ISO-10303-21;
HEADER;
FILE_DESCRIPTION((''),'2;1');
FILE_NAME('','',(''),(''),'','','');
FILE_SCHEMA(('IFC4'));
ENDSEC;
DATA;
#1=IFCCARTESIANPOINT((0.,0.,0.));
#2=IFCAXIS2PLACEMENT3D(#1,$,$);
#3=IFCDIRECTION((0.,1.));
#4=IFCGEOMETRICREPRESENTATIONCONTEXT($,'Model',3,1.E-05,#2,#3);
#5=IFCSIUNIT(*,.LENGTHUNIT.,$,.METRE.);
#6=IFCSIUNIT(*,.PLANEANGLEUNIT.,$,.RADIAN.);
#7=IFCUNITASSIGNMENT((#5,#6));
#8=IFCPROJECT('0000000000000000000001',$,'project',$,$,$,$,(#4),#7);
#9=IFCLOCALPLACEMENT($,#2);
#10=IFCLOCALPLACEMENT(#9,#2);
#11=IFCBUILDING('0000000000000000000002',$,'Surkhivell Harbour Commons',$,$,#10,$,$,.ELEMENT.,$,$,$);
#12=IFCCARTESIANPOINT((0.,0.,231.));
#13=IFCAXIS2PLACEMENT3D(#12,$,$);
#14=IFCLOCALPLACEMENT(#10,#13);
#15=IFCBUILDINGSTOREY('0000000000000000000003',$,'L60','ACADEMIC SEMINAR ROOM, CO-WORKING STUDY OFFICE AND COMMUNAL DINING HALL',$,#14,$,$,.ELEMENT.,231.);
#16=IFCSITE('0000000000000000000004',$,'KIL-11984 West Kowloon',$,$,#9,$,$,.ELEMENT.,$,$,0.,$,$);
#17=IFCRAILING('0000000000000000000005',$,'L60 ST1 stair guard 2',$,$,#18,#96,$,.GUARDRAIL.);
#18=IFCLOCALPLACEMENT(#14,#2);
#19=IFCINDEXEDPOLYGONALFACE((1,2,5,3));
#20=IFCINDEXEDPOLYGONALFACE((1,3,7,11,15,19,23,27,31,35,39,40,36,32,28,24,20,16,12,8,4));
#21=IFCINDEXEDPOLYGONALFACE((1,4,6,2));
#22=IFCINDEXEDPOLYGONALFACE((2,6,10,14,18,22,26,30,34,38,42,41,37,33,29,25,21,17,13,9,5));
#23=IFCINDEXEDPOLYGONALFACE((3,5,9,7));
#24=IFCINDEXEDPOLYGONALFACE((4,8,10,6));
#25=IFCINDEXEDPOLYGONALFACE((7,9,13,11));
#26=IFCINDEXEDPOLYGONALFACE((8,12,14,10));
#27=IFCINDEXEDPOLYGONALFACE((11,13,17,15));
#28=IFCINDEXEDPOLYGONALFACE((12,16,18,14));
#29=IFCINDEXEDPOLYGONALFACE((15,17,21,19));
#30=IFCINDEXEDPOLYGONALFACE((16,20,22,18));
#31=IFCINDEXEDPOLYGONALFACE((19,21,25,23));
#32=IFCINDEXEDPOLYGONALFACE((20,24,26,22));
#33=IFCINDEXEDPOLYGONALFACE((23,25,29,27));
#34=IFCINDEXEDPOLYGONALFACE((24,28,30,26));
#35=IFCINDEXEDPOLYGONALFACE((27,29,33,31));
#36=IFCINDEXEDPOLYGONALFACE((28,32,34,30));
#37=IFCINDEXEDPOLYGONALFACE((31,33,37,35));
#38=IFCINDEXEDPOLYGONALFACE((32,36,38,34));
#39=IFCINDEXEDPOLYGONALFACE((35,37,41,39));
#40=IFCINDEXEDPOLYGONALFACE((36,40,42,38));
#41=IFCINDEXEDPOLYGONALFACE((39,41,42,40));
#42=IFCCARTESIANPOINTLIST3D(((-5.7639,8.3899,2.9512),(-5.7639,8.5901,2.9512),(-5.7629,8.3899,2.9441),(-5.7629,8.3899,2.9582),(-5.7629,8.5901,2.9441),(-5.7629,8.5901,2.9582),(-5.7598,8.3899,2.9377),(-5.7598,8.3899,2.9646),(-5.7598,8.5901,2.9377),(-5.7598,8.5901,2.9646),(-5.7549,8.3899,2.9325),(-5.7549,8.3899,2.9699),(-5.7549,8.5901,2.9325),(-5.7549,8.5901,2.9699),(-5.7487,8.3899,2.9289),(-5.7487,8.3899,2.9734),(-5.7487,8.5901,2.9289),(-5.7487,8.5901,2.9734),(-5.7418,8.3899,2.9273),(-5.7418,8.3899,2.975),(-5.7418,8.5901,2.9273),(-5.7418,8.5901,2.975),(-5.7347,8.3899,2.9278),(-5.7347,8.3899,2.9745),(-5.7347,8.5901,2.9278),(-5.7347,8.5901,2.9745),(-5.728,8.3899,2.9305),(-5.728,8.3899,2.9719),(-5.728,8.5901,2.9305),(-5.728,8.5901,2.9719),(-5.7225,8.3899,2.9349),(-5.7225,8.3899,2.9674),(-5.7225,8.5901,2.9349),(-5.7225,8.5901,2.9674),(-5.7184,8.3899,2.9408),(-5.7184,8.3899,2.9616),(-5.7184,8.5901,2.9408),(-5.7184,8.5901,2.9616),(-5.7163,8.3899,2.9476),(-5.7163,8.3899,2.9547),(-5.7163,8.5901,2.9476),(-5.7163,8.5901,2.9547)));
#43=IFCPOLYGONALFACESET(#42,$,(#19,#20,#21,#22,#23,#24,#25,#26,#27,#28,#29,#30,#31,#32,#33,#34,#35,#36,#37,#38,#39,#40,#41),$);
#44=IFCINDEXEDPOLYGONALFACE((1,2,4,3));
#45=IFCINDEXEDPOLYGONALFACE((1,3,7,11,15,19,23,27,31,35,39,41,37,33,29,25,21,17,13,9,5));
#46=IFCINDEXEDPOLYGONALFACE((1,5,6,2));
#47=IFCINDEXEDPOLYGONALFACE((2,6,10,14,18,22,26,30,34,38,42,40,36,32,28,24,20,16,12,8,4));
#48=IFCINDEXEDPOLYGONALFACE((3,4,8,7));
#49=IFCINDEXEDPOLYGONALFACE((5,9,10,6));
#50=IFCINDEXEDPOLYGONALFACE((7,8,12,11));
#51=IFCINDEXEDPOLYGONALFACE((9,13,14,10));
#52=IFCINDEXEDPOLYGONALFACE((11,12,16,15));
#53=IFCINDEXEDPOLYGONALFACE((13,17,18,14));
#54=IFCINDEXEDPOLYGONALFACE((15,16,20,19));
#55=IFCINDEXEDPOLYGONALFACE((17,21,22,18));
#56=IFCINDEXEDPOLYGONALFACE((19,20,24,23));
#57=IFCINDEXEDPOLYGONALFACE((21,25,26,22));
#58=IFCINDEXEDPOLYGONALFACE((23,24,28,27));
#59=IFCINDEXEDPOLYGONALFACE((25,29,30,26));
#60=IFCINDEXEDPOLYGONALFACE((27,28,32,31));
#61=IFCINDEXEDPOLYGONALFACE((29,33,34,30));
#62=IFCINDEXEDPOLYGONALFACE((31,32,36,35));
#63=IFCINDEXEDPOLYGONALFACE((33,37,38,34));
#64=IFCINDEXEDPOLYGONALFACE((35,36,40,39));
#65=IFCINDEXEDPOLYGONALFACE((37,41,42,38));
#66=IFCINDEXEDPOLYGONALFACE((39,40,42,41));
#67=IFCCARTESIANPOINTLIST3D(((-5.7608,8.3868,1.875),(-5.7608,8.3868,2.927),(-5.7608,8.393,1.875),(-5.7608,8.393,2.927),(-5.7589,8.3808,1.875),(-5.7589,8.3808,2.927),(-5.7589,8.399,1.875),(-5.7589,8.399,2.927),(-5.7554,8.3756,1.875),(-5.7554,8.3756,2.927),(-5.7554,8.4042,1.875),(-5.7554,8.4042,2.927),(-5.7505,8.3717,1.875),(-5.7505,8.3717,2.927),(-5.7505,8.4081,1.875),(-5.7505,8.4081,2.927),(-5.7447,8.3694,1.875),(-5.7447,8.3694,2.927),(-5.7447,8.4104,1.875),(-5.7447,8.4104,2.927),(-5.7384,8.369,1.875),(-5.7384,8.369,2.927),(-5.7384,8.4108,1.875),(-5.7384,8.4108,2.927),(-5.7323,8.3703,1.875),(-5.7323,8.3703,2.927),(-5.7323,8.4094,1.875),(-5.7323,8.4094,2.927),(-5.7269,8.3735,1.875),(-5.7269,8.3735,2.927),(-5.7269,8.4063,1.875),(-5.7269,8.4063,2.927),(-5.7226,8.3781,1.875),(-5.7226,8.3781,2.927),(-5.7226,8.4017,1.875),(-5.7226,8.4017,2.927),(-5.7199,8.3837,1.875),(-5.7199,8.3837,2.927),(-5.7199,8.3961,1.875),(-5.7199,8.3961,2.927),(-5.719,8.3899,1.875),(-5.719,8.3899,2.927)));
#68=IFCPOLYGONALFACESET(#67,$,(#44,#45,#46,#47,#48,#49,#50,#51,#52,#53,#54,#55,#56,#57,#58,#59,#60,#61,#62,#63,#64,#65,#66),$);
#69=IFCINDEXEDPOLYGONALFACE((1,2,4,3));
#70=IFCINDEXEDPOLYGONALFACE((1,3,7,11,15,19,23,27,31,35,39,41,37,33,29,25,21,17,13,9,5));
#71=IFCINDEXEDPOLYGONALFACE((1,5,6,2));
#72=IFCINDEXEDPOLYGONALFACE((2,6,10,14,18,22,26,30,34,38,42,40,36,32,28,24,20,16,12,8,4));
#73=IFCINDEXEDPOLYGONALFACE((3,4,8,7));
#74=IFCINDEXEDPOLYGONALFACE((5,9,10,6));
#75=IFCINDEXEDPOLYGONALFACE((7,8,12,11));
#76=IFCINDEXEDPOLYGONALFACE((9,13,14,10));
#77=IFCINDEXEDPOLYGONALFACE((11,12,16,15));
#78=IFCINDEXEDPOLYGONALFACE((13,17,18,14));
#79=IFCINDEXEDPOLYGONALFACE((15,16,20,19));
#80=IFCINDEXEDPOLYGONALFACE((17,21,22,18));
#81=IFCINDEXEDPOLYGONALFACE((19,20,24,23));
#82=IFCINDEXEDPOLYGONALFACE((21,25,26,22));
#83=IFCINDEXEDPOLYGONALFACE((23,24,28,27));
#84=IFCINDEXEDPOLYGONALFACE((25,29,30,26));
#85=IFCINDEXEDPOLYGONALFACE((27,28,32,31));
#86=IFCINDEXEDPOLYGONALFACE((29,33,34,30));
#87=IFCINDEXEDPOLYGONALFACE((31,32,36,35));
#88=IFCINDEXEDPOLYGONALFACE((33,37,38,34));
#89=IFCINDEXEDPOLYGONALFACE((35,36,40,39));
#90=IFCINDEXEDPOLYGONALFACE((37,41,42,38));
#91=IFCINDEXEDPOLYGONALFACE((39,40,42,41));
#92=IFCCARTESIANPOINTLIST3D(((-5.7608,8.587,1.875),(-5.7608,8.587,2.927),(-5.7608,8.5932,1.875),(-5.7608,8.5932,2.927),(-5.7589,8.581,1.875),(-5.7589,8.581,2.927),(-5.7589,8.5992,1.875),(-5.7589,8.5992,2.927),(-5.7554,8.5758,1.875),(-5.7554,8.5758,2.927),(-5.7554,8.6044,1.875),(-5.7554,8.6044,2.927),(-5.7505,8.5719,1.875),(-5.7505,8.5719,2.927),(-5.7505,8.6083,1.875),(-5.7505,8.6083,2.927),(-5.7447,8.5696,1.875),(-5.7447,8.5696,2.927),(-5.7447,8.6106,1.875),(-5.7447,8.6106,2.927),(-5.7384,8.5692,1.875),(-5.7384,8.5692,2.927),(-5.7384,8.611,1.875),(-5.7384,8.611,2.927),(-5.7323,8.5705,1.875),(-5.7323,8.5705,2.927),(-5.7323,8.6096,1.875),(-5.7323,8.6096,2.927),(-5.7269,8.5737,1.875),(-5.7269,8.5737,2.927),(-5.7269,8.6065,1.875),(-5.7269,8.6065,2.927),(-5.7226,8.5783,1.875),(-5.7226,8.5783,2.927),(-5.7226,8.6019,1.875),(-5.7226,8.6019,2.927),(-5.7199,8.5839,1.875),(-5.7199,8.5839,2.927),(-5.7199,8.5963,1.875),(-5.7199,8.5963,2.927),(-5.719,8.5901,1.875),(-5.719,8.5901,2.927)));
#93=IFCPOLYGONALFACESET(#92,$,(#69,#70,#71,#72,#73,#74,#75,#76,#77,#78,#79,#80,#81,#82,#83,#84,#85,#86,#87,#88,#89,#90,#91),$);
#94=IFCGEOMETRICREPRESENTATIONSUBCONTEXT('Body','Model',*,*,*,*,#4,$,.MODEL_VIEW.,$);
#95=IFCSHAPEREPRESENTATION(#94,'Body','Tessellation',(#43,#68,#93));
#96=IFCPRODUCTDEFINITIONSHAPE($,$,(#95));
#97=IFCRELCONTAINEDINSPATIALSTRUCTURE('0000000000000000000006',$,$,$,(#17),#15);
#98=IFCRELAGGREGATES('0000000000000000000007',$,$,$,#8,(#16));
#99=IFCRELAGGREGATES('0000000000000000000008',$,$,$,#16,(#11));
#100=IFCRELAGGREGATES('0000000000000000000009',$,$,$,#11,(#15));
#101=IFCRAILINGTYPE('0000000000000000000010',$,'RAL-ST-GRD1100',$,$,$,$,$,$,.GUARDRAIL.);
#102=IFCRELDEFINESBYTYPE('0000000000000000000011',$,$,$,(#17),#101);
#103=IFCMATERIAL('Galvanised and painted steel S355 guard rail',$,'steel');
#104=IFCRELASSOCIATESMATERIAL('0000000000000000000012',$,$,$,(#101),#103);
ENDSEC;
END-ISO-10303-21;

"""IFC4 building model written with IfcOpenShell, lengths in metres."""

from ifc_helpers import new_model, si_unit, direction, frame, origin, origin_2d, place, context, subcontext, project, spatial, circle, extrude, material, type_object, element, save


model = new_model("IFC4")

# Units and contexts
model_context = context("Model", 3, precision=1e-05, world=origin(), true_north=direction((0.0, 1.0)))
body_context = subcontext(model_context, "Body", "Model", "MODEL_VIEW")
ifc_project = project(units=[si_unit("LENGTHUNIT", "METRE"), si_unit("PLANEANGLEUNIT", "RADIAN")], contexts=[model_context])

# Site, building, storey
site_placement = place(None, origin())
site = spatial("IfcSite", under=ifc_project, at=site_placement, Name="KIL-11984 West Kowloon", CompositionType="ELEMENT", RefElevation=0.0)
building_placement = place(site_placement, origin())
building = spatial("IfcBuilding", under=site, at=building_placement, Name="Surkhivell Harbour Commons", CompositionType="ELEMENT")
storey_placement = place(building_placement, frame((0.0, 0.0, 231.0)))
storey = spatial("IfcBuildingStorey", under=building, at=storey_placement, Name="L60", Description="ACADEMIC SEMINAR ROOM, CO-WORKING STUDY OFFICE AND COMMUNAL DINING HALL", CompositionType="ELEMENT", Elevation=231.0)

# Railing
ifc_material_1 = material(Name="Galvanised and painted steel S355 guard rail", Category="steel")
railing_type_1 = type_object("IfcRailingType", Name="RAL-ST-GRD1100", PredefinedType="GUARDRAIL", material=ifc_material_1)
railing_1_placement = place(storey_placement, frame((-5.74, 8.3899, 1.875)))
element("IfcRailing", 1, at=railing_1_placement, inside=storey, type_object=railing_type_1, Name="L60 ST1 stair guard 2", PredefinedType="GUARDRAIL", context=body_context, shape_type="SweptSolid", body=[
    extrude(circle(Radius=0.0239, at=origin_2d()), frame((0.0, 0.0, 1.0762), z_axis=(0.0, 1.0, 0.0), x_axis=(-1.0, 0.0, 0.0)), (0.0, 0.0, 1.0), 0.2002),
    extrude(circle(Radius=0.021, at=origin_2d()), origin(), (0.0, 0.0, 1.0), 1.052),
    extrude(circle(Radius=0.021, at=origin_2d()), frame((0.0, 0.2002, 0.0)), (0.0, 0.0, 1.0), 1.052),
])

save(model, "model.ifc")
